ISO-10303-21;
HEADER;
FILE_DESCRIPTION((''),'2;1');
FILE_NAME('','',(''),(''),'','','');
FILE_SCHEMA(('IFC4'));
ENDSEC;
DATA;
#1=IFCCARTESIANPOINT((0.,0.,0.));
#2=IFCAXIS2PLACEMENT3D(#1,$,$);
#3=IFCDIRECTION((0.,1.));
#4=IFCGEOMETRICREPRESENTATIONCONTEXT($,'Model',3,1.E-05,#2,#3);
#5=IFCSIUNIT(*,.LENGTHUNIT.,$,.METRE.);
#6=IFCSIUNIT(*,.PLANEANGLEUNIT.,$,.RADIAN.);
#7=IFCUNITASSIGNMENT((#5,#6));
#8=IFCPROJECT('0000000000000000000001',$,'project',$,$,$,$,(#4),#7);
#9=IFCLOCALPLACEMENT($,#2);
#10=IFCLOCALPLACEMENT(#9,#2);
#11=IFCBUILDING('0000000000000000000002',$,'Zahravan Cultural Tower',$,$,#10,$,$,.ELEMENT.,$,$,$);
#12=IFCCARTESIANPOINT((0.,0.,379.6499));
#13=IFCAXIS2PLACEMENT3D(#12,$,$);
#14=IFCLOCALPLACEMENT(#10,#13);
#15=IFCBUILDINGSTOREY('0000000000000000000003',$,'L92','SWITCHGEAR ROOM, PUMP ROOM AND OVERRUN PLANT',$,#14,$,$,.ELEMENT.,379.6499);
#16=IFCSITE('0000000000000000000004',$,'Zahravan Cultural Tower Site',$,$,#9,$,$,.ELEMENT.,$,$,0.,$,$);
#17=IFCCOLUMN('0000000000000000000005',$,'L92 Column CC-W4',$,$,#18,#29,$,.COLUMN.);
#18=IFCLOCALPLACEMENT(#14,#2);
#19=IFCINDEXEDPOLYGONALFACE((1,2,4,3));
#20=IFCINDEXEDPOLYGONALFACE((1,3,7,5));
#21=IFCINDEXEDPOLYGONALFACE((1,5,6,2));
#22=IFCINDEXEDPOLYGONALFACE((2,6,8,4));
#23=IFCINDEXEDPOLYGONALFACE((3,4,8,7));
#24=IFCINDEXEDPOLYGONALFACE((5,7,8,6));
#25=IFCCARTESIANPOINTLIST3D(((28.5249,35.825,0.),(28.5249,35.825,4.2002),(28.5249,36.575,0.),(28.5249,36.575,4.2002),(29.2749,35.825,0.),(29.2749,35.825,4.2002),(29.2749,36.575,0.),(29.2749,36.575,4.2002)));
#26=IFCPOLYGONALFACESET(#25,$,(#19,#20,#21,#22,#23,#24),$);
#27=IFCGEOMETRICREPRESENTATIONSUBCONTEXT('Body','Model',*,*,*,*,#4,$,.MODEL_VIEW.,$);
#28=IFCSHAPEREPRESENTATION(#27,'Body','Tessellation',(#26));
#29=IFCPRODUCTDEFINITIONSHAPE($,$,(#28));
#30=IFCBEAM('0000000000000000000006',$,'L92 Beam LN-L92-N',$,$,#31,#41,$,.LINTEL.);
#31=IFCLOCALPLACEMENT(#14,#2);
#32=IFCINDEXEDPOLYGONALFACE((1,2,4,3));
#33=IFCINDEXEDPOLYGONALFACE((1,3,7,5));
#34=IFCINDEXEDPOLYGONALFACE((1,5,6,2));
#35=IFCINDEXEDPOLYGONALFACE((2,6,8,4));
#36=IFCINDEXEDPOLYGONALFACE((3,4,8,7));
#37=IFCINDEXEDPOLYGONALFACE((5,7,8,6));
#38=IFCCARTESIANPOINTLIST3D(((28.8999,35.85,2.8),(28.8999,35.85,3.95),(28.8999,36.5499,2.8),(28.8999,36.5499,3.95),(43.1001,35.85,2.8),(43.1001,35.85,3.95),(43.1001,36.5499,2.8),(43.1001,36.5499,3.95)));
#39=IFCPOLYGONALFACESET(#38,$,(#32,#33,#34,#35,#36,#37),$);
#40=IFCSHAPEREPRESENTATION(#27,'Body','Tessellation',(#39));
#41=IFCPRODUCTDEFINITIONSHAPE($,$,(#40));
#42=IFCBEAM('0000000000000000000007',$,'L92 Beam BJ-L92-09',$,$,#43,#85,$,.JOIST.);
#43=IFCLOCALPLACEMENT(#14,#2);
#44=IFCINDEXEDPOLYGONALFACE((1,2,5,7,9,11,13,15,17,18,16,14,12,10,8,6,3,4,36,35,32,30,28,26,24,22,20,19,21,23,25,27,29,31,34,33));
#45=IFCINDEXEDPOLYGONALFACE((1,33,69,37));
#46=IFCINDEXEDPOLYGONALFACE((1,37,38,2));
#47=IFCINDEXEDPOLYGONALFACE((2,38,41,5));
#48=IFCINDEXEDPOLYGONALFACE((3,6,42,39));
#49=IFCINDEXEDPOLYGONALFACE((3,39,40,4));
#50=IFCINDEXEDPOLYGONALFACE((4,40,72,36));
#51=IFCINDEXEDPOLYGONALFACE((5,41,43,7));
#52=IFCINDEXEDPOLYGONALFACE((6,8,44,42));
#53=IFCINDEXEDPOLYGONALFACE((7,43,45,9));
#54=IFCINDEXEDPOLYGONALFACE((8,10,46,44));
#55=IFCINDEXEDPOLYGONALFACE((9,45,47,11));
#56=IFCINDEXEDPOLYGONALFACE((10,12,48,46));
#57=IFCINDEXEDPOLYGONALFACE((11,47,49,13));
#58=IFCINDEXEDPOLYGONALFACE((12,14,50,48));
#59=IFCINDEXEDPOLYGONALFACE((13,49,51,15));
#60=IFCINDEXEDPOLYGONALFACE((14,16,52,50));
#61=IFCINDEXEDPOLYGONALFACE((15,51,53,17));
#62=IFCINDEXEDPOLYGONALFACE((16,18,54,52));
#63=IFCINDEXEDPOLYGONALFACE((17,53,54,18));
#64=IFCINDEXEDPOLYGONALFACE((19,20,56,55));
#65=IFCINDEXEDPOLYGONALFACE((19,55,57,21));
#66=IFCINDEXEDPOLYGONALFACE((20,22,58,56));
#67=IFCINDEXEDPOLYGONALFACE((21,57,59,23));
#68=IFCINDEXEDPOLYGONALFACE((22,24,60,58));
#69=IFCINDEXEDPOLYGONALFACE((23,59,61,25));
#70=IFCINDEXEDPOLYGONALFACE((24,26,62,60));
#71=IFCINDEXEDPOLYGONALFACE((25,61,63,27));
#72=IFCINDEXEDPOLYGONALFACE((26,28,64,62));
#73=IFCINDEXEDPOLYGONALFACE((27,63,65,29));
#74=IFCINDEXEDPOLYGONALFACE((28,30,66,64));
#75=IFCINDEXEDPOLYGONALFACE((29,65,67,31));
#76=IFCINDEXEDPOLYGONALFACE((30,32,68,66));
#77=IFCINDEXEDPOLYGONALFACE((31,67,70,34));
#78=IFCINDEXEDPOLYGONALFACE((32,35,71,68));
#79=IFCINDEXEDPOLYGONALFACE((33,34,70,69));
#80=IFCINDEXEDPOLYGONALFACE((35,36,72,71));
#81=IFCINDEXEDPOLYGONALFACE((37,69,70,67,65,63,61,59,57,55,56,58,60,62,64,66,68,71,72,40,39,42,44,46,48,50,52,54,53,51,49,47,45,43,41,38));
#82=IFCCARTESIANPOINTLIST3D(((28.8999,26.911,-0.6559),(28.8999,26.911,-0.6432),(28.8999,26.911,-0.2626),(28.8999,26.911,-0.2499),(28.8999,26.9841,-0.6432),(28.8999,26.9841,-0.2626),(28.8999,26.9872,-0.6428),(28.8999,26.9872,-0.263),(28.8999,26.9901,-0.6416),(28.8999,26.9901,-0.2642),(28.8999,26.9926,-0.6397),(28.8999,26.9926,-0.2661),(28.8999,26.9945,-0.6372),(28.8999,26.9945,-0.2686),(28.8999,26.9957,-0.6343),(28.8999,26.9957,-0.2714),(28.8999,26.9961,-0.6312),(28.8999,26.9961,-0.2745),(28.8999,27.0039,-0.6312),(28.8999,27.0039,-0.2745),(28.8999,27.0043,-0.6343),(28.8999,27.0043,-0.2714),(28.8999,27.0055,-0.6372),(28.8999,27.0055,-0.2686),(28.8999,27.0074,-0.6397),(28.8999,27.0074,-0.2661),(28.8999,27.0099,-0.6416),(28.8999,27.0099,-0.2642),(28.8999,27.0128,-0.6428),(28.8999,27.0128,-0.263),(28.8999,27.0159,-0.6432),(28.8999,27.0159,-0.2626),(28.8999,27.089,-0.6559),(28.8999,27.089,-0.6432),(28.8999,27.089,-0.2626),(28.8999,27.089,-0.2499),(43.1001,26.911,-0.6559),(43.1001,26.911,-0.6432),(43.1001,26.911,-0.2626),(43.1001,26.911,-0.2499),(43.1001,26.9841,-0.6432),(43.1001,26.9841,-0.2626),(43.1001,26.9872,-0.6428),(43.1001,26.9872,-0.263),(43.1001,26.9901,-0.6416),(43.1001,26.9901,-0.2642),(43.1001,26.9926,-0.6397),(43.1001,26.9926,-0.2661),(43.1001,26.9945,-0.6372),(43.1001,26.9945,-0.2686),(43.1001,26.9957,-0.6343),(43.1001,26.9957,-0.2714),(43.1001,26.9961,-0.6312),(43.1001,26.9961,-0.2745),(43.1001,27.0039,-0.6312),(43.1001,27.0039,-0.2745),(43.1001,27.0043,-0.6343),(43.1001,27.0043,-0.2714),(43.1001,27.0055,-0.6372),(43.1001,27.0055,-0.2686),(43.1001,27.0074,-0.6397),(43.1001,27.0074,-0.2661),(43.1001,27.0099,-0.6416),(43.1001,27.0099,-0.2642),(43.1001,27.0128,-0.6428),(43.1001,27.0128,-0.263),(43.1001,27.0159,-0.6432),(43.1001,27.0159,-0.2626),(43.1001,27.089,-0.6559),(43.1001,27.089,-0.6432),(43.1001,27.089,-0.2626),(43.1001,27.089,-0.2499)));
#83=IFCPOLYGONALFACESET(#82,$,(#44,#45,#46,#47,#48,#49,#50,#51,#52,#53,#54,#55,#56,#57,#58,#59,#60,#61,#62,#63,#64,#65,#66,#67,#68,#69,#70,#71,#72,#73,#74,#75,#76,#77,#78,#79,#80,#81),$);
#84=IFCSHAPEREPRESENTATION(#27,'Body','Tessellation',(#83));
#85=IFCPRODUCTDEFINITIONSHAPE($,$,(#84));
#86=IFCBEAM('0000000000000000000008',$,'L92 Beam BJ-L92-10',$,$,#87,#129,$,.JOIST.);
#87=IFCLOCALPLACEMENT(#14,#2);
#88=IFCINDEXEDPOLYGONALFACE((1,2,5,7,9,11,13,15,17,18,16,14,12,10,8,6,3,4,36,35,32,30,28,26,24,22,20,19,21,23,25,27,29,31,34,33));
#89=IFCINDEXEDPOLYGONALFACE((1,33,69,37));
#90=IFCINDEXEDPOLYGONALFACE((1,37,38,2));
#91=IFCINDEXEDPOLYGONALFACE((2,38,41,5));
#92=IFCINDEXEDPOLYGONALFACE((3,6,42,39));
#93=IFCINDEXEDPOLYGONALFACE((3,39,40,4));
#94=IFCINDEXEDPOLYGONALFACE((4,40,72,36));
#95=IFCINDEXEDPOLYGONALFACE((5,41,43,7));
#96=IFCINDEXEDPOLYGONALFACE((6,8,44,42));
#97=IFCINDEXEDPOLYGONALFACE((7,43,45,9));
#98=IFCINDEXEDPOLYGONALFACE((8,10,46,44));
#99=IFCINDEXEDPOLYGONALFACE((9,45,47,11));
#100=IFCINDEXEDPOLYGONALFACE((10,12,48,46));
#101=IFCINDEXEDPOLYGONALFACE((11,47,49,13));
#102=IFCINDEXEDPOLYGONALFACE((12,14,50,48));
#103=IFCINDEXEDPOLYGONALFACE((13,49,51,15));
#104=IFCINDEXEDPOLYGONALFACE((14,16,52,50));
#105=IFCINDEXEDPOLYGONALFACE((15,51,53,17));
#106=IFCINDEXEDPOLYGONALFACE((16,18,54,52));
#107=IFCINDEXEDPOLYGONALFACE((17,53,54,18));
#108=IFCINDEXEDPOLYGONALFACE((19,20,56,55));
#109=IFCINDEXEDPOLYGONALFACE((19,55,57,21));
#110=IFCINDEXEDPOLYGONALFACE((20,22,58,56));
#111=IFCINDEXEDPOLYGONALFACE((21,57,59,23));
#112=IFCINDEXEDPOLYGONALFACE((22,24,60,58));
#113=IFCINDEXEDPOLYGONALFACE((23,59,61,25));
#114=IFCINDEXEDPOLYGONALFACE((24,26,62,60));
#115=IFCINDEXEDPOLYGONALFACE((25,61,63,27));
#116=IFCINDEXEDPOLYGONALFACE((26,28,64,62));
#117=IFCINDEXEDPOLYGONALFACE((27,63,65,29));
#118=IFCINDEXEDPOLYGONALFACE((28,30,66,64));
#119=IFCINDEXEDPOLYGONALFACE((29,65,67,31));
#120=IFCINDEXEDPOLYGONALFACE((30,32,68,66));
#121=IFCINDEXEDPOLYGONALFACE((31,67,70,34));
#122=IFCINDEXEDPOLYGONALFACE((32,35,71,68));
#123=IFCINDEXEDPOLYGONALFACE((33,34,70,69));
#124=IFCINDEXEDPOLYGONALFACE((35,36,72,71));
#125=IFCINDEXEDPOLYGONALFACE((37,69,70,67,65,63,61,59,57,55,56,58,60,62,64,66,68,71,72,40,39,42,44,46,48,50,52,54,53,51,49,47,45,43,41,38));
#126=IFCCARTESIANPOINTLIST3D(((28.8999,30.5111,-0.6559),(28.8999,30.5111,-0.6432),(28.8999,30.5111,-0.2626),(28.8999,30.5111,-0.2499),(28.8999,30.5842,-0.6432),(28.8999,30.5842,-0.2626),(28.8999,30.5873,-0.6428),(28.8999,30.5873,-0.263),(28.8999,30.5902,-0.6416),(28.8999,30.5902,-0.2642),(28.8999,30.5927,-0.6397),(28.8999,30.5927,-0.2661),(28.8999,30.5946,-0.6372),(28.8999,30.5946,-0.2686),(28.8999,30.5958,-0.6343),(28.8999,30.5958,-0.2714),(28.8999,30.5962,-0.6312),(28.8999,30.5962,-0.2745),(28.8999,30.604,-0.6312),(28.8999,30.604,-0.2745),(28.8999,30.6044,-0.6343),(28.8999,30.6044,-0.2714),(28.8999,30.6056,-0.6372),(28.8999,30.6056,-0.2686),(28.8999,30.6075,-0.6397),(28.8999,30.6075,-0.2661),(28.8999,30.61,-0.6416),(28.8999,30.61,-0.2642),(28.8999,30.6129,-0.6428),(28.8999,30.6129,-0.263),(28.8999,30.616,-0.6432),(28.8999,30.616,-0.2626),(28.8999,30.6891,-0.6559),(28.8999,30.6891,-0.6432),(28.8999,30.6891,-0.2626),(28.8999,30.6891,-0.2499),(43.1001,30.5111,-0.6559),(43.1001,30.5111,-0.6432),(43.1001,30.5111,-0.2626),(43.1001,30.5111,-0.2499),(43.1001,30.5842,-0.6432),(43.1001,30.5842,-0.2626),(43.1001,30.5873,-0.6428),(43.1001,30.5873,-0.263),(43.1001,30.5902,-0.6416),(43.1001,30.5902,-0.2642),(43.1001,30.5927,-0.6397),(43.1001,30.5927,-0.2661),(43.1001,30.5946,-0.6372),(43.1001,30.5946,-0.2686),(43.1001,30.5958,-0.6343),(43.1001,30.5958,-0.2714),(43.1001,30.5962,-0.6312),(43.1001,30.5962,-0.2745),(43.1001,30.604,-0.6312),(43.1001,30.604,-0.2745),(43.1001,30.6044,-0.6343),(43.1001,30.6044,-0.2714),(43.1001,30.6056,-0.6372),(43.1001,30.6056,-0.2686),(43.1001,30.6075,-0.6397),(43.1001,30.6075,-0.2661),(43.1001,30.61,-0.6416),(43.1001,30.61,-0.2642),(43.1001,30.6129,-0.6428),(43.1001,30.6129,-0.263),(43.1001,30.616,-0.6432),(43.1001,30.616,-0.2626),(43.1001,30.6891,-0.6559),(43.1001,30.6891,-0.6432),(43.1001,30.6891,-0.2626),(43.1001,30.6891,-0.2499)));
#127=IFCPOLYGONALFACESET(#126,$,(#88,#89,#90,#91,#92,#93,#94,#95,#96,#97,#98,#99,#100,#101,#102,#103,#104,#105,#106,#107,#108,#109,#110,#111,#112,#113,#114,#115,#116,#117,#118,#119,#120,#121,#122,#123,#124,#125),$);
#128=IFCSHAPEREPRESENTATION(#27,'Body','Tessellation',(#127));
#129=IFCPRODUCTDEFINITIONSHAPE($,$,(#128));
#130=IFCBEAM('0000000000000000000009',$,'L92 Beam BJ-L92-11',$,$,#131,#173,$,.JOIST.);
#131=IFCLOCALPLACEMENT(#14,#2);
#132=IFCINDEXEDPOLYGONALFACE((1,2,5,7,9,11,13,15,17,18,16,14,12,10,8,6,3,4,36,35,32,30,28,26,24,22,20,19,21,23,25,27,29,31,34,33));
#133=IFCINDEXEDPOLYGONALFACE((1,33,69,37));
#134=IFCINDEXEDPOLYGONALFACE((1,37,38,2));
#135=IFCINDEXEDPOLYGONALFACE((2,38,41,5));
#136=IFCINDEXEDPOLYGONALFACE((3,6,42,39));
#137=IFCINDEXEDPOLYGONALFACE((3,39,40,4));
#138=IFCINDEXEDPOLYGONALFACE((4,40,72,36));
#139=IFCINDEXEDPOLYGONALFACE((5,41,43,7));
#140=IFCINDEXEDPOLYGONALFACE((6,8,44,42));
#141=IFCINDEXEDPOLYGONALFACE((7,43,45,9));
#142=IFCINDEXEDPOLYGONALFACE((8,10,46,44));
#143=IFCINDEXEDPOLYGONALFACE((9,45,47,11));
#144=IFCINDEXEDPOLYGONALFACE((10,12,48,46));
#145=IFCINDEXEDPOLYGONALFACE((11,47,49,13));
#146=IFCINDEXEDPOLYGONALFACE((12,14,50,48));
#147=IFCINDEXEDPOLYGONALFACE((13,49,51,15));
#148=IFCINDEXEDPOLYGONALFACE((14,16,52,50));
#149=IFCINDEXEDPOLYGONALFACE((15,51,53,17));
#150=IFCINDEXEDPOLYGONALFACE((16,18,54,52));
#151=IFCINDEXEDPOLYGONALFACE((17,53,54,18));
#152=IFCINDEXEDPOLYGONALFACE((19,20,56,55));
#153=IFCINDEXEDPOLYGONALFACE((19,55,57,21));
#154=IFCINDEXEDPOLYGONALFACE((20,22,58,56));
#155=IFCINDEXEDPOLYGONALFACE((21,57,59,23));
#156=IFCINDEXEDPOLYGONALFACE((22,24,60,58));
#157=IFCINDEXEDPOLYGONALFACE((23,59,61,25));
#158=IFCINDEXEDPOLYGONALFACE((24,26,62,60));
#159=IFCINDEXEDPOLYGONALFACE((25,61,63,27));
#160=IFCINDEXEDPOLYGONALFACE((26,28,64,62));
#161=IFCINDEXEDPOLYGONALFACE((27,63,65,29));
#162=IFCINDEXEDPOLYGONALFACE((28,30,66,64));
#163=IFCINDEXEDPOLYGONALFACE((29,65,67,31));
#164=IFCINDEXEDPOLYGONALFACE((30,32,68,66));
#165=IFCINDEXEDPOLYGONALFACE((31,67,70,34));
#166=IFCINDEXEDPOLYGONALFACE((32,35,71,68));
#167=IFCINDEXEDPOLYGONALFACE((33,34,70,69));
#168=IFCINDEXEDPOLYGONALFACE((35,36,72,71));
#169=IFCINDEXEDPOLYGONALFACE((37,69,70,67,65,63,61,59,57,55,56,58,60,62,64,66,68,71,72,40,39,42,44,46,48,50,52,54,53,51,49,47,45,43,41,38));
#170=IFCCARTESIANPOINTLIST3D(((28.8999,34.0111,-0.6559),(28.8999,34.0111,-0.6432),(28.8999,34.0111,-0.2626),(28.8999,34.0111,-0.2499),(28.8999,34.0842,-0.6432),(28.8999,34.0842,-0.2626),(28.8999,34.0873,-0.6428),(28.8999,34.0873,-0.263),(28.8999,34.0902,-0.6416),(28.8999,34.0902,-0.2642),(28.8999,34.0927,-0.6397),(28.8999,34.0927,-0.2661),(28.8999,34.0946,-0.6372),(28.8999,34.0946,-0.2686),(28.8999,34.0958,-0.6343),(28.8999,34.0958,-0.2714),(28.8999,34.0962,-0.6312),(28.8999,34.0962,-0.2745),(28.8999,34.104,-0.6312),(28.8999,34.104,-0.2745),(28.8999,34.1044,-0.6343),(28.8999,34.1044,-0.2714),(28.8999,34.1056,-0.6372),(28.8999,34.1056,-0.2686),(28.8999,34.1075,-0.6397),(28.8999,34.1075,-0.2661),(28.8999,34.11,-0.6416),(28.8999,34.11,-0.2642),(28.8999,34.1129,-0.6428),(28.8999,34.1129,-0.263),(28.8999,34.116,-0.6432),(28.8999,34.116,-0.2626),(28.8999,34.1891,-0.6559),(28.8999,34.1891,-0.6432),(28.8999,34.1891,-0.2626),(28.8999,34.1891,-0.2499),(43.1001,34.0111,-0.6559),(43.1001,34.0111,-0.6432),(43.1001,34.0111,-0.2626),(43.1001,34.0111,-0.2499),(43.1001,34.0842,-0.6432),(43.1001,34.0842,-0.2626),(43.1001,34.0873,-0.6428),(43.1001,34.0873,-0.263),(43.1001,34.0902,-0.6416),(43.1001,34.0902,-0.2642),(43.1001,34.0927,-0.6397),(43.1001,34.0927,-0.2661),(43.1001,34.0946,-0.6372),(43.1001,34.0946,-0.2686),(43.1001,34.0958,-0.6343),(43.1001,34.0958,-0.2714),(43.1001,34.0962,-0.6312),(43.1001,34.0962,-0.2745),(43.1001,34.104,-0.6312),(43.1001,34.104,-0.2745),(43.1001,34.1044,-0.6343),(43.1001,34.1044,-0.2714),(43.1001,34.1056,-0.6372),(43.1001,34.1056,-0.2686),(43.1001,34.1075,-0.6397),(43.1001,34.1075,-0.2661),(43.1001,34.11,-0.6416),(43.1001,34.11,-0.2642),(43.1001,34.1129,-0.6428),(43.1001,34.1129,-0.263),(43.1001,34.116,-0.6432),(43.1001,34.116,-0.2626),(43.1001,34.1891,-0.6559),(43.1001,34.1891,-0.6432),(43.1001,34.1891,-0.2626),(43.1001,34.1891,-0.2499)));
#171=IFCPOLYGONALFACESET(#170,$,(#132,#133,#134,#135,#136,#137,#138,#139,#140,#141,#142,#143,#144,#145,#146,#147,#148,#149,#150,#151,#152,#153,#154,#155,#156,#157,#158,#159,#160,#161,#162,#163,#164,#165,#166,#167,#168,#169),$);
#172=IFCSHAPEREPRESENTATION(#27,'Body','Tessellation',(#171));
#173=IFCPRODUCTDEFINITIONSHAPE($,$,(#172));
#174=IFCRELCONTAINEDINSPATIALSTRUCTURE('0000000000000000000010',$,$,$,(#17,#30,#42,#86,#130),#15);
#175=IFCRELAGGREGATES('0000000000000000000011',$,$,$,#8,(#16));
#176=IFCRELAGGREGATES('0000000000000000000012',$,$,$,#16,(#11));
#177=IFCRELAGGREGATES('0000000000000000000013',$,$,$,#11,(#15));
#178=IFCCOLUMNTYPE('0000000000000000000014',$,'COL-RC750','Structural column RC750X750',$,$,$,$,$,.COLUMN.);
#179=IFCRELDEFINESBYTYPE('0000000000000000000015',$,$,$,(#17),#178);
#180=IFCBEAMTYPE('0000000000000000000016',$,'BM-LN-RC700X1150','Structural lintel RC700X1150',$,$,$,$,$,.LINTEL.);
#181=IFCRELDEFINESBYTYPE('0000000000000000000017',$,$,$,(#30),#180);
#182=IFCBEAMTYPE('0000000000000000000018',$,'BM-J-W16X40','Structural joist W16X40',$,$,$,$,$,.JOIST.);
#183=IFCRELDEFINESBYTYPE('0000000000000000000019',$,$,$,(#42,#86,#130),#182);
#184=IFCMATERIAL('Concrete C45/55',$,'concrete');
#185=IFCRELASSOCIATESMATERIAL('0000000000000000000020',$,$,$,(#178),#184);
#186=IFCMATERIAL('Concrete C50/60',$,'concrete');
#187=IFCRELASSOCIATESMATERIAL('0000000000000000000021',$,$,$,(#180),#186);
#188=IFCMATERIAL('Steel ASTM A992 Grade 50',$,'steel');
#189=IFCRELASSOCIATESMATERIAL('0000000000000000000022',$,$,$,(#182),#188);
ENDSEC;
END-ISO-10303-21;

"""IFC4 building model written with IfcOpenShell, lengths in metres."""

from ifc_helpers import new_model, si_unit, direction, frame, origin, origin_2d, place, context, subcontext, project, spatial, rectangle, i_section, extrude, source, transform, mapped, material, material_profile, profile_set, type_object, element, save


model = new_model("IFC4")

# Units and contexts
model_context = context("Model", 3, precision=1e-05, world=origin(), true_north=direction((0.0, 1.0)))
body_context = subcontext(model_context, "Body", "Model", "MODEL_VIEW")
ifc_project = project(units=[si_unit("LENGTHUNIT", "METRE"), si_unit("PLANEANGLEUNIT", "RADIAN")], contexts=[model_context])

# Site, building, storey
site_placement = place(None, origin())
site = spatial("IfcSite", under=ifc_project, at=site_placement, Name="Zahravan Cultural Tower Site", CompositionType="ELEMENT", RefElevation=0.0)
building_placement = place(site_placement, origin())
building = spatial("IfcBuilding", under=site, at=building_placement, Name="Zahravan Cultural Tower", CompositionType="ELEMENT")
storey_placement = place(building_placement, frame((0.0, 0.0, 379.6499)))
storey = spatial("IfcBuildingStorey", under=building, at=storey_placement, Name="L92", Description="SWITCHGEAR ROOM, PUMP ROOM AND OVERRUN PLANT", CompositionType="ELEMENT", Elevation=379.6499)

# Column
ifc_material_1 = material(Name="Concrete C45/55", Category="concrete")
ifc_material_profile_1 = material_profile(ifc_material_1, rectangle(XDim=0.75, YDim=0.75, at=origin_2d()), Name="RC750X750")
ifc_profile_set_1 = profile_set([ifc_material_profile_1], Name="Concrete C45/55")
column_type = type_object("IfcColumnType", Name="COL-RC750", Description="Structural column RC750X750", PredefinedType="COLUMN", material=ifc_profile_set_1)
shared_shape_1 = source(origin(), body_context, "Body", "SweptSolid", [
    extrude(rectangle(XDim=0.75, YDim=0.75, at=origin_2d()), origin(), (0.0, 0.0, 1.0), 4.2002),
])
column_placement = place(storey_placement, frame((28.8999, 36.2, 0.0), z_axis=(0.0, 0.0, 1.0), x_axis=(1.0, 0.0, 0.0)))
element("IfcColumn", 1, at=column_placement, inside=storey, type_object=column_type, Name="L92 Column CC-W4", PredefinedType="COLUMN", context=body_context, shape_type="MappedRepresentation", body=[
    mapped(shared_shape_1, transform((0.0, 0.0, 0.0), x_axis=(1.0, 0.0, 0.0), y_axis=(0.0, 1.0, 0.0), z_axis=(0.0, 0.0, 1.0), scale=1.0)),
])

# Beams
ifc_material_2 = material(Name="Concrete C50/60", Category="concrete")
ifc_material_profile_2 = material_profile(ifc_material_2, rectangle(XDim=0.7, YDim=1.1499, at=origin_2d()), Name="RC700X1150")
ifc_profile_set_2 = profile_set([ifc_material_profile_2], Name="Concrete C50/60")
beam_type_1 = type_object("IfcBeamType", Name="BM-LN-RC700X1150", Description="Structural lintel RC700X1150", PredefinedType="LINTEL", material=ifc_profile_set_2)
shared_shape_2 = source(origin(), body_context, "Body", "SweptSolid", [
    extrude(rectangle(XDim=0.7, YDim=1.1499, at=origin_2d()), origin(), (0.0, 0.0, 1.0), 14.2002),
])
beam_placement = place(storey_placement, frame((28.8999, 36.2, 3.375), z_axis=(1.0, 0.0, 0.0), x_axis=(0.0, 1.0, 0.0)))
element("IfcBeam", 2, at=beam_placement, inside=storey, type_object=beam_type_1, Name="L92 Beam LN-L92-N", PredefinedType="LINTEL", context=body_context, shape_type="MappedRepresentation", body=[
    mapped(shared_shape_2, transform((0.0, 0.0, 0.0), x_axis=(1.0, 0.0, 0.0), y_axis=(0.0, 1.0, 0.0), z_axis=(0.0, 0.0, 1.0), scale=1.0)),
])
ifc_material_3 = material(Name="Steel ASTM A992 Grade 50", Category="steel")
ifc_material_profile_3 = material_profile(ifc_material_3, i_section(OverallWidth=0.178, OverallDepth=0.406, WebThickness=0.0078, FlangeThickness=0.0127, FilletRadius=0.012, at=origin_2d()), Name="W16X40")
ifc_profile_set_3 = profile_set([ifc_material_profile_3], Name="Steel ASTM A992 Grade 50")
beam_type_2 = type_object("IfcBeamType", Name="BM-J-W16X40", Description="Structural joist W16X40", PredefinedType="JOIST", material=ifc_profile_set_3)
shared_shape_3 = source(origin(), body_context, "Body", "SweptSolid", [
    extrude(i_section(OverallWidth=0.178, OverallDepth=0.406, WebThickness=0.0078, FlangeThickness=0.0127, FilletRadius=0.012, at=origin_2d()), origin(), (0.0, 0.0, 1.0), 14.2002),
])
for number, where, z_axis, x_axis, name in (
    (3, (28.8999, 27.0, -0.4529), (1.0, 0.0, 0.0), (0.0, 1.0, 0.0), "L92 Beam BJ-L92-09"),
    (4, (28.8999, 30.6001, -0.4529), (1.0, 0.0, 0.0), (0.0, 1.0, 0.0), "L92 Beam BJ-L92-10"),
    (5, (28.8999, 34.1001, -0.4529), (1.0, 0.0, 0.0), (0.0, 1.0, 0.0), "L92 Beam BJ-L92-11"),
):
    element("IfcBeam", number, at=place(storey_placement, frame(where, z_axis=z_axis, x_axis=x_axis)), inside=storey, type_object=beam_type_2, Name=name, PredefinedType="JOIST", context=body_context, shape_type="MappedRepresentation", body=[
        mapped(shared_shape_3, transform((0.0, 0.0, 0.0), x_axis=(1.0, 0.0, 0.0), y_axis=(0.0, 1.0, 0.0), z_axis=(0.0, 0.0, 1.0), scale=1.0)),
    ])

save(model, "model.ifc")
